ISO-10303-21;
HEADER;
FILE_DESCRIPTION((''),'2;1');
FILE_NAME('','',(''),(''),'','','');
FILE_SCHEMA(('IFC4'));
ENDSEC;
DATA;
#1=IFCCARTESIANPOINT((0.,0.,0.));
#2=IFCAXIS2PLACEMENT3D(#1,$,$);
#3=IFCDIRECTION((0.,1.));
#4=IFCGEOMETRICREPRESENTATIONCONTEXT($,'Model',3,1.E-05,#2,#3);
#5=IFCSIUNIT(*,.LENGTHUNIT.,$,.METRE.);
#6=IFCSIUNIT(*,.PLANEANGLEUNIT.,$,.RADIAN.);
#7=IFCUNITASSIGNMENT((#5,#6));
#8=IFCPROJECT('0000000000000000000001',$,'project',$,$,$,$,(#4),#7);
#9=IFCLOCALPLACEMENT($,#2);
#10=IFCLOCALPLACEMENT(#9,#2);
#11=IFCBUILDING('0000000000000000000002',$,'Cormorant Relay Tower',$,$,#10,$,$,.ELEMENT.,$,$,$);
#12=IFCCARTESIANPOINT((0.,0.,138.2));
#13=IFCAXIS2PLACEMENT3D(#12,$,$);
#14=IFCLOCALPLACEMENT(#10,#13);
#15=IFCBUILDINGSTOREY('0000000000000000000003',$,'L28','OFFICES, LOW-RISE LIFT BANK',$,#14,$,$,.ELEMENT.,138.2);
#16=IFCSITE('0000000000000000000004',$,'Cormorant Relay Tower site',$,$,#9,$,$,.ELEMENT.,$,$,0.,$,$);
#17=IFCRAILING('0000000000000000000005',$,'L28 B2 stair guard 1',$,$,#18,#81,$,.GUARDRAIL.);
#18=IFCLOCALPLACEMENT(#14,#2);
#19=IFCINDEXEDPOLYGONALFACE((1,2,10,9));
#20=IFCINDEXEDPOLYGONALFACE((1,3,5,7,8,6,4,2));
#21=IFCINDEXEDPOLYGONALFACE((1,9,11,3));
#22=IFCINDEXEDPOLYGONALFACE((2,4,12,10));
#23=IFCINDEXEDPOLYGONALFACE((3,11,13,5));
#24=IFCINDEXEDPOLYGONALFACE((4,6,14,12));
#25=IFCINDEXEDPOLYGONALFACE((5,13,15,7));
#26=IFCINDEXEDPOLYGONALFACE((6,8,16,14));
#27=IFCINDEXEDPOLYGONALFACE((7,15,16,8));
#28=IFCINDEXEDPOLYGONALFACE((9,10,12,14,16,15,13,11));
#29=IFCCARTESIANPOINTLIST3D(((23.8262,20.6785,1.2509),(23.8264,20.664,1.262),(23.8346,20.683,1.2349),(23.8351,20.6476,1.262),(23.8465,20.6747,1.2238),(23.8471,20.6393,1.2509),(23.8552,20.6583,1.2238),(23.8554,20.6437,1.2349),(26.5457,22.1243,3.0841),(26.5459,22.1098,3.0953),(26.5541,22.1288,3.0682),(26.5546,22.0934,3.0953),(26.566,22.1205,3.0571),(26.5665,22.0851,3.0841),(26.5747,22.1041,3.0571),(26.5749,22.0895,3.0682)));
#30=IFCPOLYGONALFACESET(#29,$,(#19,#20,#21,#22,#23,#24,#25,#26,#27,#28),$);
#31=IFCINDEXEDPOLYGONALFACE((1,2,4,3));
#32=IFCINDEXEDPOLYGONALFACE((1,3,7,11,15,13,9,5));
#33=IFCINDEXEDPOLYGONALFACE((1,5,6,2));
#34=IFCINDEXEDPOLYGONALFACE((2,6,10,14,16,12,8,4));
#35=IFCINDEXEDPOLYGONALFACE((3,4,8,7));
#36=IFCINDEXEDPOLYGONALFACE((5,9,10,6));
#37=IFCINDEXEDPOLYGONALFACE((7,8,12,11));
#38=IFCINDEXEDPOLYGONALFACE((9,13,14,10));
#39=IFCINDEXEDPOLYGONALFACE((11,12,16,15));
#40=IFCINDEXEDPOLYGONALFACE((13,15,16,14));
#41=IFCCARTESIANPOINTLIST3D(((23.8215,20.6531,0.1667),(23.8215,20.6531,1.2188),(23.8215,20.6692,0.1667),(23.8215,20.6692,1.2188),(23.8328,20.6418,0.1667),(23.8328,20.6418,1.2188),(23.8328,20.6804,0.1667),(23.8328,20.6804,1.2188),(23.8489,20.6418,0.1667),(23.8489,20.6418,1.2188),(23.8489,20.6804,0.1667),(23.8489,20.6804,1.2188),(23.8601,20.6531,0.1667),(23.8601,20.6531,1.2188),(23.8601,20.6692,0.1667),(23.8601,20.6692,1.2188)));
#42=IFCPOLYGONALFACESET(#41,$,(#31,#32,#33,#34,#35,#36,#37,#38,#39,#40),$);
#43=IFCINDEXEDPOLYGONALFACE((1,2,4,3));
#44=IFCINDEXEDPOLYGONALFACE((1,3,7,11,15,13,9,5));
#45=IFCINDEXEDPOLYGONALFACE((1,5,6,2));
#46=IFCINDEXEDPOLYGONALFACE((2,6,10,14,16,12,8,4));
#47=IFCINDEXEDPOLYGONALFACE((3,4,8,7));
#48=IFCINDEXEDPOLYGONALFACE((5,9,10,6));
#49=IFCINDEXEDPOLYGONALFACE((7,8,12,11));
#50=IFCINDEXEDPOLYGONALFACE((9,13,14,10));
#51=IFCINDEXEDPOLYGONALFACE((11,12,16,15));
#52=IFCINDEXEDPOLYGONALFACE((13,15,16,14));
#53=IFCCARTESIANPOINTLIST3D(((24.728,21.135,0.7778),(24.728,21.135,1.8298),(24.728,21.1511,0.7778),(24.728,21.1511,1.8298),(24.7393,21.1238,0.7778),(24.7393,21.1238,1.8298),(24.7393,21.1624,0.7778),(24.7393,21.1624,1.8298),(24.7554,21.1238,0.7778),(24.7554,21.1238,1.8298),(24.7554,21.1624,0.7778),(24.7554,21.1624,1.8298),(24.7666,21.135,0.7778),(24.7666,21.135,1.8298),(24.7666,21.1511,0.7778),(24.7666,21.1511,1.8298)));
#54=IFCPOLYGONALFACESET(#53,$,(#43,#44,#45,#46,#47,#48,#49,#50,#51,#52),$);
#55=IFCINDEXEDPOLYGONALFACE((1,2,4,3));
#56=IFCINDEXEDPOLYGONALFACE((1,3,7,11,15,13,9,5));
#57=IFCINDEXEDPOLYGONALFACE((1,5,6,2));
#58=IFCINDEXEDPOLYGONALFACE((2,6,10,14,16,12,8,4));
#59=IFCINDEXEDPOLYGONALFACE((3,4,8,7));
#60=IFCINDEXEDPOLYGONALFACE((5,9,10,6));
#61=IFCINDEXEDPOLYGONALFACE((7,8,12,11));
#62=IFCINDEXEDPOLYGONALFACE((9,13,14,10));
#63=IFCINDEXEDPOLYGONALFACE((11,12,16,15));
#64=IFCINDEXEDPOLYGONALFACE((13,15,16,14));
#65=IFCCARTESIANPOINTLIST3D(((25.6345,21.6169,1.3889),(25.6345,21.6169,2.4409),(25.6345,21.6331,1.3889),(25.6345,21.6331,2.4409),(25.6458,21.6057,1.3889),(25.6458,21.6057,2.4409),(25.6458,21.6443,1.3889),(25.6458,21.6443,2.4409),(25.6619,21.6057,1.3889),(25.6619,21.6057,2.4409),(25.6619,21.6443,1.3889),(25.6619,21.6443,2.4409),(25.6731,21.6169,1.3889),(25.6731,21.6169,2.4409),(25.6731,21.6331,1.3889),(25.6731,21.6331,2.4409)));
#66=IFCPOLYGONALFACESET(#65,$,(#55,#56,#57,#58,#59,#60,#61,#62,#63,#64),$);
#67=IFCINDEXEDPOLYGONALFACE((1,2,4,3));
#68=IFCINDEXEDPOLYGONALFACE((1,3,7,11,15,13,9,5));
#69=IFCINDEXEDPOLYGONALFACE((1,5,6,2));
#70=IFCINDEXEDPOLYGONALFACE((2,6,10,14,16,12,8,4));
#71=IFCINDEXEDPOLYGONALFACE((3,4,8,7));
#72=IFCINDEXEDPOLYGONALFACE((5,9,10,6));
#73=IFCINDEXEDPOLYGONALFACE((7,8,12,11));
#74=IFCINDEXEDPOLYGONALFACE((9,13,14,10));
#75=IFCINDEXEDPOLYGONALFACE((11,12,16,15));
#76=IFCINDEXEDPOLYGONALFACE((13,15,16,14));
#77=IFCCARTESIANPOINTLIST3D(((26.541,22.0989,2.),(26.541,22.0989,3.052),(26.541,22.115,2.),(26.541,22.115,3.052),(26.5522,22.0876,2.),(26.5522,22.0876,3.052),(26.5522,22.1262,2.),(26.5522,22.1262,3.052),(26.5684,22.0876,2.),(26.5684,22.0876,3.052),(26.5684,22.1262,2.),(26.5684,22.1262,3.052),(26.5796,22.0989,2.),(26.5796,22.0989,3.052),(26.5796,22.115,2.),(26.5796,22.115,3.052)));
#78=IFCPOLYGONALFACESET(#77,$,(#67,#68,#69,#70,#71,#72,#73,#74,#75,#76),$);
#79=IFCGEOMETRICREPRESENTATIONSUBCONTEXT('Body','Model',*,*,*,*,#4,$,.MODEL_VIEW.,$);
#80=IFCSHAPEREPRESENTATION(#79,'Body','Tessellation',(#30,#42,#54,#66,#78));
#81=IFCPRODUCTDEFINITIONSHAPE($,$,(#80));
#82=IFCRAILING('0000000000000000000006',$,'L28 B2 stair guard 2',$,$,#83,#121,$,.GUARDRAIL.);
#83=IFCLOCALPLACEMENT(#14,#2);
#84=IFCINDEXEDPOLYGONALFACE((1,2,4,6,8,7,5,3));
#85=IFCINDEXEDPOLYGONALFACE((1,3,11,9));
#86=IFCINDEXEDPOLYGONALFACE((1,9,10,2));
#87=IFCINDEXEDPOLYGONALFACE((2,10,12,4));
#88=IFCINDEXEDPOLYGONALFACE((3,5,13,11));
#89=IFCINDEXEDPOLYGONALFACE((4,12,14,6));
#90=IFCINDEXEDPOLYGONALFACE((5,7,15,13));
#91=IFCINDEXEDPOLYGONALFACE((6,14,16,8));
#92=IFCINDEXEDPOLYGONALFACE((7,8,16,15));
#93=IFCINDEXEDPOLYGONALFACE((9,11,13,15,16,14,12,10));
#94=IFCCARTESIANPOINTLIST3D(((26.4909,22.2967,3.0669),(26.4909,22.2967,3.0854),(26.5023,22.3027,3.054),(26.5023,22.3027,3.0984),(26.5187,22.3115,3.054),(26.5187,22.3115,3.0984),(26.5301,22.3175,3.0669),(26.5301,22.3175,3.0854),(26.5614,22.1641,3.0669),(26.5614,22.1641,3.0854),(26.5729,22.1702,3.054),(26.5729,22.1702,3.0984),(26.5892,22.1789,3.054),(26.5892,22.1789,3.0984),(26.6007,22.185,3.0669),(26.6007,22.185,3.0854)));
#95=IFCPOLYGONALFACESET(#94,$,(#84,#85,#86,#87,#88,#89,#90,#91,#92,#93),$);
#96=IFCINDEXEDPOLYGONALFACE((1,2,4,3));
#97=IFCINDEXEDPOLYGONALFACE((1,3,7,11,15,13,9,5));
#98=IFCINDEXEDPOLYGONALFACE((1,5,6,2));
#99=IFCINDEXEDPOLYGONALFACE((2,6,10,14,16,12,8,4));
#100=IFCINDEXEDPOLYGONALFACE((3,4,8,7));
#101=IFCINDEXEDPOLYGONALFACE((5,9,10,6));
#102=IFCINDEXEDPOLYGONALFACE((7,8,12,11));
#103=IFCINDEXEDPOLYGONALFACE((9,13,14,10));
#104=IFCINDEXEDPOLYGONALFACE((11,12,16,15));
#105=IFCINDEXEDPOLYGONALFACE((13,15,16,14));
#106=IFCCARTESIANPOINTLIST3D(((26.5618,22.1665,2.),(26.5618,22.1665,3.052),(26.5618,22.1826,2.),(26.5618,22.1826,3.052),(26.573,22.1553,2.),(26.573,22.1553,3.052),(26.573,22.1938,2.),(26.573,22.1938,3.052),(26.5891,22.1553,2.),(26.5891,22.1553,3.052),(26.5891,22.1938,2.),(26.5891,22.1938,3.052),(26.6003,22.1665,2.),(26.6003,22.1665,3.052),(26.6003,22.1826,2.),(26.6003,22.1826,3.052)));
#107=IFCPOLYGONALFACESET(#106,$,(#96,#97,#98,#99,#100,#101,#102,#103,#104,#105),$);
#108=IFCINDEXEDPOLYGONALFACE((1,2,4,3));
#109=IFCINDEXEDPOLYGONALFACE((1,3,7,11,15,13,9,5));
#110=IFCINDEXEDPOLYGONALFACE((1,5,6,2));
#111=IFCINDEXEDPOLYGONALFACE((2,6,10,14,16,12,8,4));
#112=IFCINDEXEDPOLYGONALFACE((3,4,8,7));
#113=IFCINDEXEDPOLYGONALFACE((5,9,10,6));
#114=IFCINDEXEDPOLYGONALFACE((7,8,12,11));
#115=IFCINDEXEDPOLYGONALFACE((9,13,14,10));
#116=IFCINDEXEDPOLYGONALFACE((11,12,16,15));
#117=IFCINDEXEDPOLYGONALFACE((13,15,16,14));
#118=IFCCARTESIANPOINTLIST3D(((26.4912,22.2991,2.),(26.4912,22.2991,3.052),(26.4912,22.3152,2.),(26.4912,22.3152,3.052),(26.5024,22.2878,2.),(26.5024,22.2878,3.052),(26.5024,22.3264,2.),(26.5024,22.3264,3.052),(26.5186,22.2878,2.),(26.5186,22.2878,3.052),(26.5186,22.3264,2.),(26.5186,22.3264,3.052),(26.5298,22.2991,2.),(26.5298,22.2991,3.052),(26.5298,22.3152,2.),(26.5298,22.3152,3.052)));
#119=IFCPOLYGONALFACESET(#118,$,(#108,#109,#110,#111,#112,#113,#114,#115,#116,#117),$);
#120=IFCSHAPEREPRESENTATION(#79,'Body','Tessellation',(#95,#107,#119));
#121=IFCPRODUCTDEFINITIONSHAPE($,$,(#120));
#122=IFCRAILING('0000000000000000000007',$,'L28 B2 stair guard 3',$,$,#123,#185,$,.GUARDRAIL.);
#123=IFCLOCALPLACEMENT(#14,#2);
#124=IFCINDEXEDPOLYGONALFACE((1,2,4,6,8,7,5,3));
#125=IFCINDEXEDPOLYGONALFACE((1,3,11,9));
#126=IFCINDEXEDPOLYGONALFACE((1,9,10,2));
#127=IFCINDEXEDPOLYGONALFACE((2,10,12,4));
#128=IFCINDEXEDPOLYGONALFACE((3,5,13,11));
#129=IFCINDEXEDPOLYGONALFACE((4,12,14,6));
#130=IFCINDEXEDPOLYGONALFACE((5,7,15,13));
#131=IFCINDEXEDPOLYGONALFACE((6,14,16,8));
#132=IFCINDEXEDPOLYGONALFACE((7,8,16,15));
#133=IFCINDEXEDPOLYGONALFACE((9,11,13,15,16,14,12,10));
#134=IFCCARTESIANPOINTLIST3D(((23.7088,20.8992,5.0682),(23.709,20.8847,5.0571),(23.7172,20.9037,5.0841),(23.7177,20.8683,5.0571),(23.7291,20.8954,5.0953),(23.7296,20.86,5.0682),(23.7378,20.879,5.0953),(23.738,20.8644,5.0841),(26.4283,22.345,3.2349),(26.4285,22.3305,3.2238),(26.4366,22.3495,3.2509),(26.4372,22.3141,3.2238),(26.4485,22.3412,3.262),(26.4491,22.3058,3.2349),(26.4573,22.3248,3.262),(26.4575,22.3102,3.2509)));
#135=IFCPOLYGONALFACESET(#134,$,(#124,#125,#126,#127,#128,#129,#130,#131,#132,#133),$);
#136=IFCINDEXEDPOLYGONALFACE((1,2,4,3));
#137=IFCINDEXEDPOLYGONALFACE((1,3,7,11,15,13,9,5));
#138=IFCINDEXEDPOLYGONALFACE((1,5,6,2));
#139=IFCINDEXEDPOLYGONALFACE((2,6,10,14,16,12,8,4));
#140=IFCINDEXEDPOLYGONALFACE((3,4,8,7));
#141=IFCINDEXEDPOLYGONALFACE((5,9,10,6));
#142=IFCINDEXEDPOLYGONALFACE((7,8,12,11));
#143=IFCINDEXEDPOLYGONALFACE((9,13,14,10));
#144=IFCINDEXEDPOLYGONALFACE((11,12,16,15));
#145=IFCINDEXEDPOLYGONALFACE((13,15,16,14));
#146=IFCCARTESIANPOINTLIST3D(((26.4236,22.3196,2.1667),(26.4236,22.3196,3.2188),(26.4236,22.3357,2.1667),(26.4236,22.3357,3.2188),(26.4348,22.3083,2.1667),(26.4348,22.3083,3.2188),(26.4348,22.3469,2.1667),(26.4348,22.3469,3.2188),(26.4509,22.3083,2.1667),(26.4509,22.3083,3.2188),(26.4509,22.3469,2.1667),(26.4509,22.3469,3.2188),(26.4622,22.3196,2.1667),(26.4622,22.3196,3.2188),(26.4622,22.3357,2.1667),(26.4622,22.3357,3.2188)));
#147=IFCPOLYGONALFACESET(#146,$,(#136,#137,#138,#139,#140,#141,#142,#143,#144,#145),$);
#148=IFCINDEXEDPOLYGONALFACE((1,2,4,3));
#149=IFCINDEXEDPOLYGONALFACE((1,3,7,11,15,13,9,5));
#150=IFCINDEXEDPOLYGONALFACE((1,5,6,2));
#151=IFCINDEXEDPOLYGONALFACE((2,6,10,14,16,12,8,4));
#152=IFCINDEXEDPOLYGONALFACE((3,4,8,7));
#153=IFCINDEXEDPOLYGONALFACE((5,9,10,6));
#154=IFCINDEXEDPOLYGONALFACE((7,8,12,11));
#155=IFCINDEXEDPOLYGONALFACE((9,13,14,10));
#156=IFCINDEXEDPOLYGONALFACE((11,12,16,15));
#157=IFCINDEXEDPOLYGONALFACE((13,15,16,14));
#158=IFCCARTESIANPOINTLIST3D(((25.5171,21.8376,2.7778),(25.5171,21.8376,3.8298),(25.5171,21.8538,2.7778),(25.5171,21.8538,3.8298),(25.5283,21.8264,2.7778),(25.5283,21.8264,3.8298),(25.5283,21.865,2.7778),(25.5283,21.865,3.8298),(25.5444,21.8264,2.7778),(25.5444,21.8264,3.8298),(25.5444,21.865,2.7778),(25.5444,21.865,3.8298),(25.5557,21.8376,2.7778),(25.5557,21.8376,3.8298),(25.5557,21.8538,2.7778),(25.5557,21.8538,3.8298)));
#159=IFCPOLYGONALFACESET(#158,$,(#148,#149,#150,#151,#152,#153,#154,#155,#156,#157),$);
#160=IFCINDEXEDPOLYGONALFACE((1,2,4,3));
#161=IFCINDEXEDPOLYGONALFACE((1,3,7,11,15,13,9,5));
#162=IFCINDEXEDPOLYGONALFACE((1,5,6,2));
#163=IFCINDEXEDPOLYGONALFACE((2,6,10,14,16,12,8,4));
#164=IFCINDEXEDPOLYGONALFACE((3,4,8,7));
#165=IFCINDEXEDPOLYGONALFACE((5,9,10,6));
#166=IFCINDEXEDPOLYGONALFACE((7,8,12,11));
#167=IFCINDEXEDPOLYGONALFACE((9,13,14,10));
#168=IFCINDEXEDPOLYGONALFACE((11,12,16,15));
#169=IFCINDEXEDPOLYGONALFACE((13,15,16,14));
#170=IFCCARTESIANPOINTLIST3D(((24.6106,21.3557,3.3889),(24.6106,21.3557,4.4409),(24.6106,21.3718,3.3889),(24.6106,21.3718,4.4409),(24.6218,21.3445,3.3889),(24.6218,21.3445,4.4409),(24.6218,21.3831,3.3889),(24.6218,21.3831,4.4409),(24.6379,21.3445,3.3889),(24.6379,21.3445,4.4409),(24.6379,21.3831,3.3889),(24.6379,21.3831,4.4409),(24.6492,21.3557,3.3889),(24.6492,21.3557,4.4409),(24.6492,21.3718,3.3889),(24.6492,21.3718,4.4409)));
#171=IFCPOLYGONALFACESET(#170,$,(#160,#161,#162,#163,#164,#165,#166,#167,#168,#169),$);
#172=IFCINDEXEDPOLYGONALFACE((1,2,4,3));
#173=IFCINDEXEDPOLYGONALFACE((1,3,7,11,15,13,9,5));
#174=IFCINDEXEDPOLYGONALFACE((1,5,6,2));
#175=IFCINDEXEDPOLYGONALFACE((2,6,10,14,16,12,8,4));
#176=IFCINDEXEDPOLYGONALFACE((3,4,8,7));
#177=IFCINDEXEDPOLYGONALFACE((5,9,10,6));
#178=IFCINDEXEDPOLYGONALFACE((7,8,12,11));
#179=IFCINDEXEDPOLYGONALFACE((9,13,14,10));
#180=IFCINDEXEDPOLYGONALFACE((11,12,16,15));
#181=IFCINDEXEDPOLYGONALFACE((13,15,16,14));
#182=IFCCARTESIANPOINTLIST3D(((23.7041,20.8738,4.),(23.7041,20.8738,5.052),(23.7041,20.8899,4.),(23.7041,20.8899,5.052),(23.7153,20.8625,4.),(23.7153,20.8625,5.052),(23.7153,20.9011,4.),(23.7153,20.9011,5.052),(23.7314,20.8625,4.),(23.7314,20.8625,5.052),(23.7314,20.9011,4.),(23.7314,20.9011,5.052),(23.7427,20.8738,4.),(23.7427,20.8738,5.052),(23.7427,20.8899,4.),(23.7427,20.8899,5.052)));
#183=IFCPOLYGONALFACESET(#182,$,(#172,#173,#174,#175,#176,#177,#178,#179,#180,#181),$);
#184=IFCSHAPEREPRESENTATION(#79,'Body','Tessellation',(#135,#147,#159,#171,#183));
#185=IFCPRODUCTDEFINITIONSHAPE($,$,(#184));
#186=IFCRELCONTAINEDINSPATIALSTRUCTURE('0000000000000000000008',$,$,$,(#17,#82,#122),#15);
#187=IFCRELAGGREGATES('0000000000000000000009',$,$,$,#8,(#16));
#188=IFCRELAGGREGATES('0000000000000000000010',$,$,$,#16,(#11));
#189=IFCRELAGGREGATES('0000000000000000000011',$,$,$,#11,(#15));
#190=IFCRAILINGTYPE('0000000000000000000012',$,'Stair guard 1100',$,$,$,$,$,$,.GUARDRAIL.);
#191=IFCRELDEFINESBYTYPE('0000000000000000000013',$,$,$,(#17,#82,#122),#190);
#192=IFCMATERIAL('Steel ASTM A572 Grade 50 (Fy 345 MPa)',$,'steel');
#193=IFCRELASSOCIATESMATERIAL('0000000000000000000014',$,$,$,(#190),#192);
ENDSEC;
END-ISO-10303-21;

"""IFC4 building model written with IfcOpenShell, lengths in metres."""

from ifc_helpers import new_model, si_unit, direction, frame, origin, place, context, subcontext, project, spatial, polyline, outline, extrude, material, type_object, element, save


model = new_model("IFC4")

# Units and contexts
model_context = context("Model", 3, precision=1e-05, world=origin(), true_north=direction((0.0, 1.0)))
body_context = subcontext(model_context, "Body", "Model", "MODEL_VIEW")
ifc_project = project(units=[si_unit("LENGTHUNIT", "METRE"), si_unit("PLANEANGLEUNIT", "RADIAN")], contexts=[model_context])

# Site, building, storey
site_placement = place(None, origin())
site = spatial("IfcSite", under=ifc_project, at=site_placement, Name="Cormorant Relay Tower site", CompositionType="ELEMENT", RefElevation=0.0)
building_placement = place(site_placement, origin())
building = spatial("IfcBuilding", under=site, at=building_placement, Name="Cormorant Relay Tower", CompositionType="ELEMENT")
storey_placement = place(building_placement, frame((0.0, 0.0, 138.2)))
storey = spatial("IfcBuildingStorey", under=building, at=storey_placement, Name="L28", Description="OFFICES, LOW-RISE LIFT BANK", CompositionType="ELEMENT", Elevation=138.2)

# Railings
ifc_material_1 = material(Name="Steel ASTM A572 Grade 50 (Fy 345 MPa)", Category="steel")
railing_type_1 = type_object("IfcRailingType", Name="Stair guard 1100", PredefinedType="GUARDRAIL", material=ifc_material_1)
railing_1_placement = place(storey_placement, frame((23.8408, 20.6611, 0.1667)))
element("IfcRailing", 1, at=railing_1_placement, inside=storey, type_object=railing_type_1, Name="L28 B2 stair guard 1", PredefinedType="GUARDRAIL", context=body_context, shape_type="SweptSolid", body=[
    extrude(outline(polyline([(0.0222, 0.0093), (0.0093, 0.0222), (-0.0093, 0.0222), (-0.0222, 0.0093), (-0.0222, -0.0093), (-0.0093, -0.0222), (0.0093, -0.0222), (0.0222, -0.0093), (0.0222, 0.0093)])), frame((0.0, 0.0, 1.0762), z_axis=(0.758735, 0.403378, 0.511477), x_axis=(-0.469428, 0.882971, 0.0)), (0.0, 0.0, 1.0), 3.5842),
    extrude(outline(polyline([(0.0193, 0.0081), (0.0081, 0.0193), (-0.0081, 0.0193), (-0.0193, 0.0081), (-0.0193, -0.0081), (-0.0081, -0.0193), (0.0081, -0.0193), (0.0193, -0.0081), (0.0193, 0.0081)])), origin(), (0.0, 0.0, 1.0), 1.052),
    extrude(outline(polyline([(0.0193, 0.0081), (0.0081, 0.0193), (-0.0081, 0.0193), (-0.0193, 0.0081), (-0.0193, -0.0081), (-0.0081, -0.0193), (0.0081, -0.0193), (0.0193, -0.0081), (0.0193, 0.0081)])), frame((0.9065, 0.4819, 0.6111)), (0.0, 0.0, 1.0), 1.052),
    extrude(outline(polyline([(0.0193, 0.0081), (0.0081, 0.0193), (-0.0081, 0.0193), (-0.0193, 0.0081), (-0.0193, -0.0081), (-0.0081, -0.0193), (0.0081, -0.0193), (0.0193, -0.0081), (0.0193, 0.0081)])), frame((1.813, 0.9639, 1.2222)), (0.0, 0.0, 1.0), 1.052),
    extrude(outline(polyline([(0.0193, 0.0081), (0.0081, 0.0193), (-0.0081, 0.0193), (-0.0193, 0.0081), (-0.0193, -0.0081), (-0.0081, -0.0193), (0.0081, -0.0193), (0.0193, -0.0081), (0.0193, 0.0081)])), frame((2.7195, 1.4458, 1.8333)), (0.0, 0.0, 1.0), 1.052),
])
railing_2_placement = place(storey_placement, frame((26.5811, 22.1746, 2.0)))
element("IfcRailing", 2, at=railing_2_placement, inside=storey, type_object=railing_type_1, Name="L28 B2 stair guard 2", PredefinedType="GUARDRAIL", context=body_context, shape_type="SweptSolid", body=[
    extrude(outline(polyline([(0.0222, 0.0093), (0.0093, 0.0222), (-0.0093, 0.0222), (-0.0222, 0.0093), (-0.0222, -0.0093), (-0.0093, -0.0222), (0.0093, -0.0222), (0.0222, -0.0093), (0.0222, 0.0093)])), frame((0.0, 0.0, 1.0762), z_axis=(-0.469829, 0.882758, 0.0), x_axis=(-0.882758, -0.469829, 0.0)), (0.0, 0.0, 1.0), 0.1501),
    extrude(outline(polyline([(0.0193, 0.0081), (0.0081, 0.0193), (-0.0081, 0.0193), (-0.0193, 0.0081), (-0.0193, -0.0081), (-0.0081, -0.0193), (0.0081, -0.0193), (0.0193, -0.0081), (0.0193, 0.0081)])), origin(), (0.0, 0.0, 1.0), 1.052),
    extrude(outline(polyline([(0.0193, 0.0081), (0.0081, 0.0193), (-0.0081, 0.0193), (-0.0193, 0.0081), (-0.0193, -0.0081), (-0.0081, -0.0193), (0.0081, -0.0193), (0.0193, -0.0081), (0.0193, 0.0081)])), frame((-0.0706, 0.1326, 0.0)), (0.0, 0.0, 1.0), 1.052),
])
railing_3_placement = place(storey_placement, frame((26.4429, 22.3276, 2.1667)))
element("IfcRailing", 3, at=railing_3_placement, inside=storey, type_object=railing_type_1, Name="L28 B2 stair guard 3", PredefinedType="GUARDRAIL", context=body_context, shape_type="SweptSolid", body=[
    extrude(outline(polyline([(0.0222, 0.0093), (0.0093, 0.0222), (-0.0093, 0.0222), (-0.0222, 0.0093), (-0.0222, -0.0093), (-0.0093, -0.0222), (0.0093, -0.0222), (0.0222, -0.0093), (0.0222, 0.0093)])), frame((0.0, 0.0, 1.0762), z_axis=(-0.758735, -0.403378, 0.511477), x_axis=(0.469428, -0.882971, 0.0)), (0.0, 0.0, 1.0), 3.5842),
    extrude(outline(polyline([(0.0193, 0.0081), (0.0081, 0.0193), (-0.0081, 0.0193), (-0.0193, 0.0081), (-0.0193, -0.0081), (-0.0081, -0.0193), (0.0081, -0.0193), (0.0193, -0.0081), (0.0193, 0.0081)])), origin(), (0.0, 0.0, 1.0), 1.052),
    extrude(outline(polyline([(0.0193, 0.0081), (0.0081, 0.0193), (-0.0081, 0.0193), (-0.0193, 0.0081), (-0.0193, -0.0081), (-0.0081, -0.0193), (0.0081, -0.0193), (0.0193, -0.0081), (0.0193, 0.0081)])), frame((-0.9065, -0.4819, 0.6111)), (0.0, 0.0, 1.0), 1.052),
    extrude(outline(polyline([(0.0193, 0.0081), (0.0081, 0.0193), (-0.0081, 0.0193), (-0.0193, 0.0081), (-0.0193, -0.0081), (-0.0081, -0.0193), (0.0081, -0.0193), (0.0193, -0.0081), (0.0193, 0.0081)])), frame((-1.813, -0.9639, 1.2222)), (0.0, 0.0, 1.0), 1.052),
    extrude(outline(polyline([(0.0193, 0.0081), (0.0081, 0.0193), (-0.0081, 0.0193), (-0.0193, 0.0081), (-0.0193, -0.0081), (-0.0081, -0.0193), (0.0081, -0.0193), (0.0193, -0.0081), (0.0193, 0.0081)])), frame((-2.7195, -1.4458, 1.8333)), (0.0, 0.0, 1.0), 1.052),
])

save(model, "model.ifc")
